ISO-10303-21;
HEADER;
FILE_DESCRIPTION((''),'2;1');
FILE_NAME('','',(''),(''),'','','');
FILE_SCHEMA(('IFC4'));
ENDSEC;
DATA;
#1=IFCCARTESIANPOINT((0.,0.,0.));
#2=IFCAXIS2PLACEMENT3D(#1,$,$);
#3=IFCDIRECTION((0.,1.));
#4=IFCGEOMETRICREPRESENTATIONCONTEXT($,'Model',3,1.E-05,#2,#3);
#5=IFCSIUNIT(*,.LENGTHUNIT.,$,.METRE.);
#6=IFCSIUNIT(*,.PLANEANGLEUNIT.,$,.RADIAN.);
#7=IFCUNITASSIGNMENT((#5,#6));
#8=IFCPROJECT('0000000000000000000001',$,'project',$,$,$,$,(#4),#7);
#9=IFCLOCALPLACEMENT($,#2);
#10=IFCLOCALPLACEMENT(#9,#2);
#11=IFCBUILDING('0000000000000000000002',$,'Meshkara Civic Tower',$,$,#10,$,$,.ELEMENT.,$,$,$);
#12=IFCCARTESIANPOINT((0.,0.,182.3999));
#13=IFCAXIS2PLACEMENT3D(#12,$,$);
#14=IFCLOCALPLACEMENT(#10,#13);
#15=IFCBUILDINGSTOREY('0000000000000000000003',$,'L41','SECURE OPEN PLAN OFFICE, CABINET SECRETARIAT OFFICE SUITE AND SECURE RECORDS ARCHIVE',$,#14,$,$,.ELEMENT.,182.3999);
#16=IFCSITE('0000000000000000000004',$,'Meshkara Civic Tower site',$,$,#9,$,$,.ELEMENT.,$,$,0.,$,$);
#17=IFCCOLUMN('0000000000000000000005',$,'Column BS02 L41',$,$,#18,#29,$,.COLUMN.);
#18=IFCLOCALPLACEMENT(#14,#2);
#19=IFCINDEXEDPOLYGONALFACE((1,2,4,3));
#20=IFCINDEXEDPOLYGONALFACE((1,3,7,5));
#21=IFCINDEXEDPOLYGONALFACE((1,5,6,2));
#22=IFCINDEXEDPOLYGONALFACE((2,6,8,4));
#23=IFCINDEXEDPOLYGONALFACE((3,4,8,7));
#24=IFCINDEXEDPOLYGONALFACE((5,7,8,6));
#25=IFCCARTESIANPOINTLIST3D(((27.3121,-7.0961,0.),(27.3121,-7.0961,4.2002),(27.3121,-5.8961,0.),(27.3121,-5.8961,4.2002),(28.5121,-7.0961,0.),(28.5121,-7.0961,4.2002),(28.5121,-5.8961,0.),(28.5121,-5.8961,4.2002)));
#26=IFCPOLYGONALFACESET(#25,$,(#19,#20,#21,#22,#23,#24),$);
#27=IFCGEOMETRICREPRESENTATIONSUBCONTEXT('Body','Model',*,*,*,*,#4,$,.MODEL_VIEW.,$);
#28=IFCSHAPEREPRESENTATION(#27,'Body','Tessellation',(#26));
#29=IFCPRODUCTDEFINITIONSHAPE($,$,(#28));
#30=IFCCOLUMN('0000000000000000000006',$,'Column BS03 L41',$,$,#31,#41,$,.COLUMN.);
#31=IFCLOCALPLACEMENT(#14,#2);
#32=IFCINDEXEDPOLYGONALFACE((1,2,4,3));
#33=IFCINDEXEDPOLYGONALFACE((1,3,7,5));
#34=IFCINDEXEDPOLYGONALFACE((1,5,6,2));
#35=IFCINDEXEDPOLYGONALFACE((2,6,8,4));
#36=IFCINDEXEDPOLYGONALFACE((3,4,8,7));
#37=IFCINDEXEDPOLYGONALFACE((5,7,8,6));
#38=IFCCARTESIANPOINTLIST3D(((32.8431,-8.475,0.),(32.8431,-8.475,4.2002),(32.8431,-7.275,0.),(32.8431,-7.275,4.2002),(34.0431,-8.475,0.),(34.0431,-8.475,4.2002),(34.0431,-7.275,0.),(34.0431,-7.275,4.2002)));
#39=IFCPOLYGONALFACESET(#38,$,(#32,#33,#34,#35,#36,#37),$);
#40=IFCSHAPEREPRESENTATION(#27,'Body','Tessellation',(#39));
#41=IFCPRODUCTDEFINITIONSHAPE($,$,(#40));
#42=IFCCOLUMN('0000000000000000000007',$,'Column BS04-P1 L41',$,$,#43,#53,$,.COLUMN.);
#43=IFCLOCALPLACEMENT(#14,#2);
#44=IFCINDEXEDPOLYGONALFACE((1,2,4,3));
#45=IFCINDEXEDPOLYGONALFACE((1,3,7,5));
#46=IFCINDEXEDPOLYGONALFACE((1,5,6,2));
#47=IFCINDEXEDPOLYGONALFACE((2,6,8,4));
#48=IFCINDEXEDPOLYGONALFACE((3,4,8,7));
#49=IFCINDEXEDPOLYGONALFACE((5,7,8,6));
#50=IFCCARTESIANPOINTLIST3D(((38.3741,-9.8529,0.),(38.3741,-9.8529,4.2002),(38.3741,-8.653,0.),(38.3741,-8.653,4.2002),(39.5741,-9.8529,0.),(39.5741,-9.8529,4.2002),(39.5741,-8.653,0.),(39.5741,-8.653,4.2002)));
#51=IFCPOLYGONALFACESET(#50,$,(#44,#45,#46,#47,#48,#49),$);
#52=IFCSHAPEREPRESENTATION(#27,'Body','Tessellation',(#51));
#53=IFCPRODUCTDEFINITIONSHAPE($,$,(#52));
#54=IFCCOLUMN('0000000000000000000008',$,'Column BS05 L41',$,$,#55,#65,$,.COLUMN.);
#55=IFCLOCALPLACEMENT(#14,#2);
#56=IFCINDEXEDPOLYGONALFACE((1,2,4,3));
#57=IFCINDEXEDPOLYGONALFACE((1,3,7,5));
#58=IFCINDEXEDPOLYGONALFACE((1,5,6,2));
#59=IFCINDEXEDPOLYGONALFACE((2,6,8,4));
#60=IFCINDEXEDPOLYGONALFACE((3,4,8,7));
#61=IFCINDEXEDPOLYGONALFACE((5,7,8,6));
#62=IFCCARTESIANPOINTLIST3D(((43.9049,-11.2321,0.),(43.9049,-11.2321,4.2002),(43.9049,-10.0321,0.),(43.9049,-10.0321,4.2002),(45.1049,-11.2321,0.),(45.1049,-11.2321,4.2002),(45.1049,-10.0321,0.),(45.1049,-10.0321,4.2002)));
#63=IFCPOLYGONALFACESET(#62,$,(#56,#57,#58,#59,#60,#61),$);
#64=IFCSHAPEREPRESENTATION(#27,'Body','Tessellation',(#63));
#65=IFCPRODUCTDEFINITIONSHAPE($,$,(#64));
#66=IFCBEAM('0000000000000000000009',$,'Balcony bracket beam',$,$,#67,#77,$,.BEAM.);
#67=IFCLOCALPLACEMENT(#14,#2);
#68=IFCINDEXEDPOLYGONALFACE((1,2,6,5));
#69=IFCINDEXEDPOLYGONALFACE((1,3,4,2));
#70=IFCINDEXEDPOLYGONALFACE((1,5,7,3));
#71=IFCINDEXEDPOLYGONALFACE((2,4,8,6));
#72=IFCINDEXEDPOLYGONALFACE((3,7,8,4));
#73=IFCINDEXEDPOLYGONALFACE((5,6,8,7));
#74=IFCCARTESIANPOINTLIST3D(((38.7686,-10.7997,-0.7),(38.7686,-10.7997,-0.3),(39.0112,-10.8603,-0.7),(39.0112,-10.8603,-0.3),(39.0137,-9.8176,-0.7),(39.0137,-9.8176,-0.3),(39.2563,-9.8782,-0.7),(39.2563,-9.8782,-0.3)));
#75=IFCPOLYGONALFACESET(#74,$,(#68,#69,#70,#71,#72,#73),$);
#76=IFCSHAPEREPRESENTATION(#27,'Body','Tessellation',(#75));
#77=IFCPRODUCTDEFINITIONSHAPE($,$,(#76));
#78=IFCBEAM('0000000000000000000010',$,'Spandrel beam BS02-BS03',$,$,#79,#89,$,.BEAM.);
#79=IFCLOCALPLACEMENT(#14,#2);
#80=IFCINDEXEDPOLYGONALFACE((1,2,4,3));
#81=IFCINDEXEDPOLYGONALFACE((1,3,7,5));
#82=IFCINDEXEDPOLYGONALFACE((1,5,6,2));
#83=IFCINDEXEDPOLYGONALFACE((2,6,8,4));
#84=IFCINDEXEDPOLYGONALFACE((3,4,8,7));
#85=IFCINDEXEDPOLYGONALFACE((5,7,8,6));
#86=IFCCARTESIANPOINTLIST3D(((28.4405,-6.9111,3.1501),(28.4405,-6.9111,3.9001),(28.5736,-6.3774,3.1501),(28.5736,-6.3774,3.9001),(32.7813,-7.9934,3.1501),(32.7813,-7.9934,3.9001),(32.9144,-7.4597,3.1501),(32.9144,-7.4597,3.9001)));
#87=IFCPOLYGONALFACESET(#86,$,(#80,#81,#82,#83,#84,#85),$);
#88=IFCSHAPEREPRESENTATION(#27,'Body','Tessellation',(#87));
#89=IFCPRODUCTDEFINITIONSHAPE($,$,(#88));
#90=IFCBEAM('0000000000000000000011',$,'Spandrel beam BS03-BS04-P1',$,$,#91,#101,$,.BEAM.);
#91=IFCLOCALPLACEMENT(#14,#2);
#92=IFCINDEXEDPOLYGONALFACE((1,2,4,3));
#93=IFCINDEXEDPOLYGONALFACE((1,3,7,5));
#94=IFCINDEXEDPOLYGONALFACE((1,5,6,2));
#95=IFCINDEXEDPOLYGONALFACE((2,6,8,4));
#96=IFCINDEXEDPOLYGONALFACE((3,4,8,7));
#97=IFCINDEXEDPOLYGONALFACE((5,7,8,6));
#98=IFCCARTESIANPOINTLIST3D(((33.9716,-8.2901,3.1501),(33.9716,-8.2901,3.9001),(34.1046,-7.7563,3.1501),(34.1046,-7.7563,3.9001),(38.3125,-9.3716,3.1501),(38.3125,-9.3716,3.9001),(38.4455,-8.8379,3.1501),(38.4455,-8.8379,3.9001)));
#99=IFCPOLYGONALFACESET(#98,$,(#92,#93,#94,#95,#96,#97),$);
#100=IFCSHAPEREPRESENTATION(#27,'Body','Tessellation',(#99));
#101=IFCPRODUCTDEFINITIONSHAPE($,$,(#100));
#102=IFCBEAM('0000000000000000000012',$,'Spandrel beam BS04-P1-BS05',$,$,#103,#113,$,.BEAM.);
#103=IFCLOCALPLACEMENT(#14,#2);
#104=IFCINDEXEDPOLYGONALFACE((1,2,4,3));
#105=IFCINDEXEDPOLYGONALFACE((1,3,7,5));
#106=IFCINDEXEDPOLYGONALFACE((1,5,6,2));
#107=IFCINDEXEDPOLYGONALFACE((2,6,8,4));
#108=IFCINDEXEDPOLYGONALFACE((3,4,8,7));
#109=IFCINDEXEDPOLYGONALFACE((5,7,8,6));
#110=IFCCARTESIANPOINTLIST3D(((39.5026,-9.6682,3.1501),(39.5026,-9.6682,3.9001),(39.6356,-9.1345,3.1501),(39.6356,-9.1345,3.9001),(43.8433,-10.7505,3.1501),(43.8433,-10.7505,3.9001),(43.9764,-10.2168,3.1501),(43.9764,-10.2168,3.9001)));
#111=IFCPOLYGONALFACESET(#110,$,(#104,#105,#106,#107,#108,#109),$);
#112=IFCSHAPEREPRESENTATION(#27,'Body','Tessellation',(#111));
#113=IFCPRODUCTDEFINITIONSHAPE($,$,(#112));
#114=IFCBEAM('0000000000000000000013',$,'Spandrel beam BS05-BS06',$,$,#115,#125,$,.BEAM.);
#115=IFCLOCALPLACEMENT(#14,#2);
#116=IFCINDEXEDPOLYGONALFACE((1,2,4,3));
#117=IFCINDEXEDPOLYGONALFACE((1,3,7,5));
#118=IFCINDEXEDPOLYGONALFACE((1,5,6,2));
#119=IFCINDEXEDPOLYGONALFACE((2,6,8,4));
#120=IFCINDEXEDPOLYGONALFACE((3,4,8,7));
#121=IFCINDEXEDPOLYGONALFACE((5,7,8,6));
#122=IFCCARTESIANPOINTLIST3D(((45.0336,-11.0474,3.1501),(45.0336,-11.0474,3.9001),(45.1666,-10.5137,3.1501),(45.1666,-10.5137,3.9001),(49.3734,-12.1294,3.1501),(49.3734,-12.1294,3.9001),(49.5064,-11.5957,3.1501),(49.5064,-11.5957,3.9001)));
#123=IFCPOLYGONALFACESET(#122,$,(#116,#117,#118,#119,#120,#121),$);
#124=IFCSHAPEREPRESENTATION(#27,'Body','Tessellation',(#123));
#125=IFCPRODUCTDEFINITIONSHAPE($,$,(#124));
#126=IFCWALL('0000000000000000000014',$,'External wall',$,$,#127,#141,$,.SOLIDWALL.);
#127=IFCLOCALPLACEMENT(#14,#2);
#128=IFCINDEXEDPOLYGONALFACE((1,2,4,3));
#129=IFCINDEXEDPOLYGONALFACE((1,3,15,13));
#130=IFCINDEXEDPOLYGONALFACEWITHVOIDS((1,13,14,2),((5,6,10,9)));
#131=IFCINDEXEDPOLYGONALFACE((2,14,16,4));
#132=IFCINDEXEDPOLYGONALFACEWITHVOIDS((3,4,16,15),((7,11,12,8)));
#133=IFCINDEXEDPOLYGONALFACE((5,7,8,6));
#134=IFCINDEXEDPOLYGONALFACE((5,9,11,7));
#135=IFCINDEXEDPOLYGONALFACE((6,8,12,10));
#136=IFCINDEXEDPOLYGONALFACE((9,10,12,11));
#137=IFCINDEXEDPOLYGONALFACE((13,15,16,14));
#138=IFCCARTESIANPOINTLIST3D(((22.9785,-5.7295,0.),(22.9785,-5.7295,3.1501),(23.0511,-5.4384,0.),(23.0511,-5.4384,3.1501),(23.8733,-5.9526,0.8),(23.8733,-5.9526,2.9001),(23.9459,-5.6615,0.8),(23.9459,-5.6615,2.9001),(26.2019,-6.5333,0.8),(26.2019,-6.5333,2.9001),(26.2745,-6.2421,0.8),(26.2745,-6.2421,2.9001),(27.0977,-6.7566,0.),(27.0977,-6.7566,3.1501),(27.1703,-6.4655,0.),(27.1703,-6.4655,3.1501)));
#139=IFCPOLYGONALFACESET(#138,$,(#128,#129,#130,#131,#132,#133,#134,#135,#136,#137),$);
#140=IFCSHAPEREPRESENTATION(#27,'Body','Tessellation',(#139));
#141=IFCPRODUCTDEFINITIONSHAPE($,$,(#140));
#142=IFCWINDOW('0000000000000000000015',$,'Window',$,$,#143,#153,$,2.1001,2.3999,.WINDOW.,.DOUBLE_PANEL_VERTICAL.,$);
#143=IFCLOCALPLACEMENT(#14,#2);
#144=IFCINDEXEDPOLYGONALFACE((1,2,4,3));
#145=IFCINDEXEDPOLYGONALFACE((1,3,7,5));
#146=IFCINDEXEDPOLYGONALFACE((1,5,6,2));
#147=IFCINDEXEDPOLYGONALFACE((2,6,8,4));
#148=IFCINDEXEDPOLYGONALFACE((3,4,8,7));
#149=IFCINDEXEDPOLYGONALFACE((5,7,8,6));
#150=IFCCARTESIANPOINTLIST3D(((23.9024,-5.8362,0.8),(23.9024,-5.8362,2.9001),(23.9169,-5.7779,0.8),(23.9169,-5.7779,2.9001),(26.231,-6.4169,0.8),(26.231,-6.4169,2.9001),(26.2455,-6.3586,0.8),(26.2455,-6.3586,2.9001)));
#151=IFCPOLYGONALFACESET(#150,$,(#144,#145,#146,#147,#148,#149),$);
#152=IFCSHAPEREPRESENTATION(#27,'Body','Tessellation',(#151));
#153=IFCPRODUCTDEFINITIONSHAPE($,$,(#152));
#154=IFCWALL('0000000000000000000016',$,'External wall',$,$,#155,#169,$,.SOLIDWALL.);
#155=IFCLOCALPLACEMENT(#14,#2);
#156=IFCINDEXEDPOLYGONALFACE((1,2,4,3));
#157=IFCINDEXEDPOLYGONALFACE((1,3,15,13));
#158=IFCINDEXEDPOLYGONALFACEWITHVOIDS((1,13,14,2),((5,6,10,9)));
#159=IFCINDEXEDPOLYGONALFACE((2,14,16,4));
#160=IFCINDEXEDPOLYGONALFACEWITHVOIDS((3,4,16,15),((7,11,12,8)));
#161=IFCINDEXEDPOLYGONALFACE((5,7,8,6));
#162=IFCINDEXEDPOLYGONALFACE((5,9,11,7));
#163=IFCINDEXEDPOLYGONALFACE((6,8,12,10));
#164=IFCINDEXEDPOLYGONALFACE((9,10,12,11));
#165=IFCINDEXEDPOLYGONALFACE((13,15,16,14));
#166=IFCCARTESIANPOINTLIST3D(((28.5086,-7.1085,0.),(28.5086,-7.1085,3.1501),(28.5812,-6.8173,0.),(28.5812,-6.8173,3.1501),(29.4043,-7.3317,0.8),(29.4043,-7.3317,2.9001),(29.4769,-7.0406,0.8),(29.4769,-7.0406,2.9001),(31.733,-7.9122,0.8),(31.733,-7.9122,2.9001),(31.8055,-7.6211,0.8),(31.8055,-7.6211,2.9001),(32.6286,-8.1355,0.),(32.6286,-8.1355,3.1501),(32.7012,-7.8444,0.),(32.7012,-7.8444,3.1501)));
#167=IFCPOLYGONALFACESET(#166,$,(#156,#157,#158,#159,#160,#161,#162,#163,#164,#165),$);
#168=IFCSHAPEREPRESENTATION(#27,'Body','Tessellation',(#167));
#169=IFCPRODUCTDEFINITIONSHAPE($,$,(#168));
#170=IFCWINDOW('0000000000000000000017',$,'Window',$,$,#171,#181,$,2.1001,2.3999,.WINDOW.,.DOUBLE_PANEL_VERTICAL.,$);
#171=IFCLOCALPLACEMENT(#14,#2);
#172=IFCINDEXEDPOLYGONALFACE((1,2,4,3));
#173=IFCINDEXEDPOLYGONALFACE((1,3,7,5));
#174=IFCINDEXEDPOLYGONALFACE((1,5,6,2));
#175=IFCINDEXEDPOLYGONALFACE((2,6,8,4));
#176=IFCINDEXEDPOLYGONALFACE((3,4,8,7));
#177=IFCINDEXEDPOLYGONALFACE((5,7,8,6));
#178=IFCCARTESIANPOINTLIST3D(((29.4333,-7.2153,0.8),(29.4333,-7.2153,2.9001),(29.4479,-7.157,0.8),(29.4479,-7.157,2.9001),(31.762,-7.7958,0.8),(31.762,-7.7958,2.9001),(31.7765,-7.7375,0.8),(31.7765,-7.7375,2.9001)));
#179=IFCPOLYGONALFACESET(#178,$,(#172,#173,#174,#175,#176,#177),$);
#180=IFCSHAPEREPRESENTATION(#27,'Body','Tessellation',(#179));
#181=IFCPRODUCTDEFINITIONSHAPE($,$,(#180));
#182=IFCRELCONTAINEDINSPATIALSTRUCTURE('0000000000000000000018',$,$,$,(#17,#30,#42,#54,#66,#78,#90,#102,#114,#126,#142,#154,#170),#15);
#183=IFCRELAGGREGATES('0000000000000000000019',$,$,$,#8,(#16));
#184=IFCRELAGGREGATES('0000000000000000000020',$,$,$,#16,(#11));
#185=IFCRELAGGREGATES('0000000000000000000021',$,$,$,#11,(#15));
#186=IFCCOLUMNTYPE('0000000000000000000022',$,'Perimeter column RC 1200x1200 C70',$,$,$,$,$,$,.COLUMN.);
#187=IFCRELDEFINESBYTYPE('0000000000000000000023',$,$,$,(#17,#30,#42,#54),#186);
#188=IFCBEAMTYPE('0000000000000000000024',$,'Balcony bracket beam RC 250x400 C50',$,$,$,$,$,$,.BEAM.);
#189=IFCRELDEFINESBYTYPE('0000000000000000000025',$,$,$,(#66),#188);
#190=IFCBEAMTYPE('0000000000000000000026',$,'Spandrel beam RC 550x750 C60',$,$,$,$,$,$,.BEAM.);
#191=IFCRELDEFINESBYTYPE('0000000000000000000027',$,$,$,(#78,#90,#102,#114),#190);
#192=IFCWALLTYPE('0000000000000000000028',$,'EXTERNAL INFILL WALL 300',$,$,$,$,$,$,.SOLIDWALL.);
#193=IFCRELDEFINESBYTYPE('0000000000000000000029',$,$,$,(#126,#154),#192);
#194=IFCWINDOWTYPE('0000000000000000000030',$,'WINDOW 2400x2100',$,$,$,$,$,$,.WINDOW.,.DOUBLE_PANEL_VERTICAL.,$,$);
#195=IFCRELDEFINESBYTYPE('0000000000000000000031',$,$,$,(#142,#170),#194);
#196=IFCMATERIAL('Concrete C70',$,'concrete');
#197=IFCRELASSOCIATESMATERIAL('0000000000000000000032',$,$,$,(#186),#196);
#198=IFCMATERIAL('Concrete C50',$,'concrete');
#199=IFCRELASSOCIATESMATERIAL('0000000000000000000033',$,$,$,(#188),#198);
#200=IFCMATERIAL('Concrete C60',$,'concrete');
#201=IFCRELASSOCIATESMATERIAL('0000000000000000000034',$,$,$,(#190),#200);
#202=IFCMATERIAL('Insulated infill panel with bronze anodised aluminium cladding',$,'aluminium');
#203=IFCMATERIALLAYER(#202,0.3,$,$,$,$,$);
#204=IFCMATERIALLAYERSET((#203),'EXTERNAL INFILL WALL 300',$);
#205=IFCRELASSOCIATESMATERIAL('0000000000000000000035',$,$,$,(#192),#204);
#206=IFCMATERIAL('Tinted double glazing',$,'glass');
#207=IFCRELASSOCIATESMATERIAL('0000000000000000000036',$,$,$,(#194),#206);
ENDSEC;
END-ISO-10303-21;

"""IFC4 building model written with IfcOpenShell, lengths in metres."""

from ifc_helpers import new_model, si_unit, direction, frame, frame_2d, origin, origin_2d, place, context, subcontext, project, spatial, rectangle, extrude, material, layer, layer_set, material_profile, profile_set, type_object, element, fill, save


model = new_model("IFC4")

# Units and contexts
model_context = context("Model", 3, precision=1e-05, world=origin(), true_north=direction((0.0, 1.0)))
body_context = subcontext(model_context, "Body", "Model", "MODEL_VIEW")
ifc_project = project(units=[si_unit("LENGTHUNIT", "METRE"), si_unit("PLANEANGLEUNIT", "RADIAN")], contexts=[model_context])

# Site, building, storey
site_placement = place(None, origin())
site = spatial("IfcSite", under=ifc_project, at=site_placement, Name="Meshkara Civic Tower site", CompositionType="ELEMENT", RefElevation=0.0)
building_placement = place(site_placement, origin())
building = spatial("IfcBuilding", under=site, at=building_placement, Name="Meshkara Civic Tower", CompositionType="ELEMENT")
storey_placement = place(building_placement, frame((0.0, 0.0, 182.3999)))
storey = spatial("IfcBuildingStorey", under=building, at=storey_placement, Name="L41", Description="SECURE OPEN PLAN OFFICE, CABINET SECRETARIAT OFFICE SUITE AND SECURE RECORDS ARCHIVE", CompositionType="ELEMENT", Elevation=182.3999)

# Columns
ifc_material_1 = material(Name="Concrete C70", Category="concrete")
ifc_material_profile_1 = material_profile(ifc_material_1, rectangle(XDim=1.2, YDim=1.2, at=origin_2d()))
ifc_profile_set_1 = profile_set([ifc_material_profile_1], Name="Concrete C70")
column_type = type_object("IfcColumnType", Name="Perimeter column RC 1200x1200 C70", PredefinedType="COLUMN", material=ifc_profile_set_1)
for number, where, z_axis, x_axis, name in (
    (1, (27.9121, -6.4961, 0.0), (0.0, 0.0, 1.0), (1.0, 0.0, 0.0), "Column BS02 L41"),
    (2, (33.4431, -7.875, 0.0), (0.0, 0.0, 1.0), (1.0, 0.0, 0.0), "Column BS03 L41"),
    (3, (38.9741, -9.2529, 0.0), (0.0, 0.0, 1.0), (1.0, 0.0, 0.0), "Column BS04-P1 L41"),
    (4, (44.5049, -10.6321, 0.0), (0.0, 0.0, 1.0), (1.0, 0.0, 0.0), "Column BS05 L41"),
):
    element("IfcColumn", number, at=place(storey_placement, frame(where, z_axis=z_axis, x_axis=x_axis)), inside=storey, type_object=column_type, Name=name, PredefinedType="COLUMN", context=body_context, shape_type="SweptSolid", body=[
        extrude(rectangle(XDim=1.2, YDim=1.2, at=origin_2d()), origin(), (0.0, 0.0, 1.0), 4.2002),
    ])

# Beams
ifc_material_2 = material(Name="Concrete C50", Category="concrete")
ifc_material_profile_2 = material_profile(ifc_material_2, rectangle(XDim=0.25, YDim=0.3999, at=origin_2d()))
ifc_profile_set_2 = profile_set([ifc_material_profile_2], Name="Concrete C50")
beam_type_1 = type_object("IfcBeamType", Name="Balcony bracket beam RC 250x400 C50", PredefinedType="BEAM", material=ifc_profile_set_2)
beam_1_placement = place(storey_placement, frame((39.135, -9.8479, -0.5), z_axis=(-0.242138, -0.970242, 0.0), x_axis=(0.970242, -0.242138, 0.0)))
element("IfcBeam", 5, at=beam_1_placement, inside=storey, type_object=beam_type_1, Name="Balcony bracket beam", PredefinedType="BEAM", context=body_context, shape_type="SweptSolid", body=[
    extrude(rectangle(XDim=0.25, YDim=0.3999, at=origin_2d()), origin(), (0.0, 0.0, 1.0), 1.0122),
])
ifc_material_3 = material(Name="Concrete C60", Category="concrete")
ifc_material_profile_3 = material_profile(ifc_material_3, rectangle(XDim=0.55, YDim=0.75, at=origin_2d()))
ifc_profile_set_3 = profile_set([ifc_material_profile_3], Name="Concrete C60")
beam_type_2 = type_object("IfcBeamType", Name="Spandrel beam RC 550x750 C60", PredefinedType="BEAM", material=ifc_profile_set_3)
for number, where, z_axis, x_axis, name in (
    (6, (28.5071, -6.6443, 3.5251), (0.970296, -0.241919, 0.0), (0.241919, 0.970296, 0.0), "Spandrel beam BS02-BS03"),
    (7, (34.0381, -8.0232, 3.5251), (0.970335, -0.241765, 0.0), (0.241765, 0.970335, 0.0), "Spandrel beam BS03-BS04-P1"),
    (8, (39.5691, -9.4014, 3.5251), (0.970296, -0.241919, 0.0), (0.241919, 0.970296, 0.0), "Spandrel beam BS04-P1-BS05"),
):
    element("IfcBeam", number, at=place(storey_placement, frame(where, z_axis=z_axis, x_axis=x_axis)), inside=storey, type_object=beam_type_2, Name=name, PredefinedType="BEAM", context=body_context, shape_type="SweptSolid", body=[
        extrude(rectangle(XDim=0.55, YDim=0.75, at=origin_2d()), origin(), (0.0, 0.0, 1.0), 4.4736),
    ])
beam_2_placement = place(storey_placement, frame((45.1001, -10.7805, 3.5251), z_axis=(0.970296, -0.241919, 0.0), x_axis=(0.241919, 0.970296, 0.0)))
element("IfcBeam", 9, at=beam_2_placement, inside=storey, type_object=beam_type_2, Name="Spandrel beam BS05-BS06", PredefinedType="BEAM", context=body_context, shape_type="SweptSolid", body=[
    extrude(rectangle(XDim=0.55, YDim=0.75, at=origin_2d()), origin(), (0.0, 0.0, 1.0), 4.4727),
])

# Walls, openings, windows
ifc_material_4 = material(Name="Insulated infill panel with bronze anodised aluminium cladding", Category="aluminium")
ifc_layer_1 = layer(ifc_material_4, 0.3)
ifc_layer_set_1 = layer_set([ifc_layer_1], Name="EXTERNAL INFILL WALL 300")
wall_type_1 = type_object("IfcWallType", Name="EXTERNAL INFILL WALL 300", PredefinedType="SOLIDWALL", material=ifc_layer_set_1)
wall_1_placement = place(storey_placement, frame((23.0149, -5.584, 0.0), z_axis=(0.0, 0.0, 1.0), x_axis=(0.970291, -0.24194, 0.0)))
wall_1 = element("IfcWall", 10, at=wall_1_placement, inside=storey, type_object=wall_type_1, Name="External wall", PredefinedType="SOLIDWALL", context=body_context, shape_type="SweptSolid", body=[
    extrude(rectangle(XDim=4.2454, YDim=0.3, at=frame_2d((2.1226, 0.0))), origin(), (0.0, 0.0, 1.0), 3.1501),
])
opening_1_placement = place(wall_1_placement, frame((0.9221, 0.0, 0.8)))
opening_1 = element("IfcOpeningElement", 11, at=opening_1_placement, cuts=wall_1, PredefinedType="OPENING", context=body_context, shape_type="SweptSolid", body=[
    extrude(rectangle(XDim=2.3999, YDim=2.1001, at=frame_2d((1.2, 1.05))), frame((0.0, 0.1599, 0.0), z_axis=(0.0, -1.0, 0.0), x_axis=(1.0, 0.0, 0.0)), (0.0, 0.0, 1.0), 0.3201),
])
ifc_material_5 = material(Name="Tinted double glazing", Category="glass")
window_type = type_object("IfcWindowType", Name="WINDOW 2400x2100", PartitioningType="DOUBLE_PANEL_VERTICAL", PredefinedType="WINDOW", material=ifc_material_5)
window_1_placement = place(opening_1_placement, origin())
window_1 = element("IfcWindow", 12, at=window_1_placement, inside=storey, type_object=window_type, Name="Window", OverallHeight=2.1001, OverallWidth=2.3999, PartitioningType="DOUBLE_PANEL_VERTICAL", PredefinedType="WINDOW", context=body_context, shape_type="SweptSolid", body=[
    extrude(rectangle(XDim=2.3999, YDim=2.1001, at=frame_2d((1.2, 1.05))), frame((0.0, 0.03, 0.0), z_axis=(0.0, -1.0, 0.0), x_axis=(1.0, 0.0, 0.0)), (0.0, 0.0, 1.0), 0.0601),
])
fill(opening_1, window_1)
wall_2_placement = place(storey_placement, frame((28.5449, -6.9629, 0.0), z_axis=(0.0, 0.0, 1.0), x_axis=(0.970305, -0.241886, 0.0)))
wall_2 = element("IfcWall", 13, at=wall_2_placement, inside=storey, type_object=wall_type_1, Name="External wall", PredefinedType="SOLIDWALL", context=body_context, shape_type="SweptSolid", body=[
    extrude(rectangle(XDim=4.2461, YDim=0.3, at=frame_2d((2.123, 0.0))), origin(), (0.0, 0.0, 1.0), 3.1501),
])
opening_2_placement = place(wall_2_placement, frame((0.9231, 0.0, 0.8)))
opening_2 = element("IfcOpeningElement", 14, at=opening_2_placement, cuts=wall_2, PredefinedType="OPENING", context=body_context, shape_type="SweptSolid", body=[
    extrude(rectangle(XDim=2.3999, YDim=2.1001, at=frame_2d((1.2, 1.05))), frame((0.0, 0.1599, 0.0), z_axis=(0.0, -1.0, 0.0), x_axis=(1.0, 0.0, 0.0)), (0.0, 0.0, 1.0), 0.3201),
])
window_2_placement = place(opening_2_placement, origin())
window_2 = element("IfcWindow", 15, at=window_2_placement, inside=storey, type_object=window_type, Name="Window", OverallHeight=2.1001, OverallWidth=2.3999, PartitioningType="DOUBLE_PANEL_VERTICAL", PredefinedType="WINDOW", context=body_context, shape_type="SweptSolid", body=[
    extrude(rectangle(XDim=2.3999, YDim=2.1001, at=frame_2d((1.2, 1.05))), frame((0.0, 0.03, 0.0), z_axis=(0.0, -1.0, 0.0), x_axis=(1.0, 0.0, 0.0)), (0.0, 0.0, 1.0), 0.0601),
])
fill(opening_2, window_2)

save(model, "model.ifc")
